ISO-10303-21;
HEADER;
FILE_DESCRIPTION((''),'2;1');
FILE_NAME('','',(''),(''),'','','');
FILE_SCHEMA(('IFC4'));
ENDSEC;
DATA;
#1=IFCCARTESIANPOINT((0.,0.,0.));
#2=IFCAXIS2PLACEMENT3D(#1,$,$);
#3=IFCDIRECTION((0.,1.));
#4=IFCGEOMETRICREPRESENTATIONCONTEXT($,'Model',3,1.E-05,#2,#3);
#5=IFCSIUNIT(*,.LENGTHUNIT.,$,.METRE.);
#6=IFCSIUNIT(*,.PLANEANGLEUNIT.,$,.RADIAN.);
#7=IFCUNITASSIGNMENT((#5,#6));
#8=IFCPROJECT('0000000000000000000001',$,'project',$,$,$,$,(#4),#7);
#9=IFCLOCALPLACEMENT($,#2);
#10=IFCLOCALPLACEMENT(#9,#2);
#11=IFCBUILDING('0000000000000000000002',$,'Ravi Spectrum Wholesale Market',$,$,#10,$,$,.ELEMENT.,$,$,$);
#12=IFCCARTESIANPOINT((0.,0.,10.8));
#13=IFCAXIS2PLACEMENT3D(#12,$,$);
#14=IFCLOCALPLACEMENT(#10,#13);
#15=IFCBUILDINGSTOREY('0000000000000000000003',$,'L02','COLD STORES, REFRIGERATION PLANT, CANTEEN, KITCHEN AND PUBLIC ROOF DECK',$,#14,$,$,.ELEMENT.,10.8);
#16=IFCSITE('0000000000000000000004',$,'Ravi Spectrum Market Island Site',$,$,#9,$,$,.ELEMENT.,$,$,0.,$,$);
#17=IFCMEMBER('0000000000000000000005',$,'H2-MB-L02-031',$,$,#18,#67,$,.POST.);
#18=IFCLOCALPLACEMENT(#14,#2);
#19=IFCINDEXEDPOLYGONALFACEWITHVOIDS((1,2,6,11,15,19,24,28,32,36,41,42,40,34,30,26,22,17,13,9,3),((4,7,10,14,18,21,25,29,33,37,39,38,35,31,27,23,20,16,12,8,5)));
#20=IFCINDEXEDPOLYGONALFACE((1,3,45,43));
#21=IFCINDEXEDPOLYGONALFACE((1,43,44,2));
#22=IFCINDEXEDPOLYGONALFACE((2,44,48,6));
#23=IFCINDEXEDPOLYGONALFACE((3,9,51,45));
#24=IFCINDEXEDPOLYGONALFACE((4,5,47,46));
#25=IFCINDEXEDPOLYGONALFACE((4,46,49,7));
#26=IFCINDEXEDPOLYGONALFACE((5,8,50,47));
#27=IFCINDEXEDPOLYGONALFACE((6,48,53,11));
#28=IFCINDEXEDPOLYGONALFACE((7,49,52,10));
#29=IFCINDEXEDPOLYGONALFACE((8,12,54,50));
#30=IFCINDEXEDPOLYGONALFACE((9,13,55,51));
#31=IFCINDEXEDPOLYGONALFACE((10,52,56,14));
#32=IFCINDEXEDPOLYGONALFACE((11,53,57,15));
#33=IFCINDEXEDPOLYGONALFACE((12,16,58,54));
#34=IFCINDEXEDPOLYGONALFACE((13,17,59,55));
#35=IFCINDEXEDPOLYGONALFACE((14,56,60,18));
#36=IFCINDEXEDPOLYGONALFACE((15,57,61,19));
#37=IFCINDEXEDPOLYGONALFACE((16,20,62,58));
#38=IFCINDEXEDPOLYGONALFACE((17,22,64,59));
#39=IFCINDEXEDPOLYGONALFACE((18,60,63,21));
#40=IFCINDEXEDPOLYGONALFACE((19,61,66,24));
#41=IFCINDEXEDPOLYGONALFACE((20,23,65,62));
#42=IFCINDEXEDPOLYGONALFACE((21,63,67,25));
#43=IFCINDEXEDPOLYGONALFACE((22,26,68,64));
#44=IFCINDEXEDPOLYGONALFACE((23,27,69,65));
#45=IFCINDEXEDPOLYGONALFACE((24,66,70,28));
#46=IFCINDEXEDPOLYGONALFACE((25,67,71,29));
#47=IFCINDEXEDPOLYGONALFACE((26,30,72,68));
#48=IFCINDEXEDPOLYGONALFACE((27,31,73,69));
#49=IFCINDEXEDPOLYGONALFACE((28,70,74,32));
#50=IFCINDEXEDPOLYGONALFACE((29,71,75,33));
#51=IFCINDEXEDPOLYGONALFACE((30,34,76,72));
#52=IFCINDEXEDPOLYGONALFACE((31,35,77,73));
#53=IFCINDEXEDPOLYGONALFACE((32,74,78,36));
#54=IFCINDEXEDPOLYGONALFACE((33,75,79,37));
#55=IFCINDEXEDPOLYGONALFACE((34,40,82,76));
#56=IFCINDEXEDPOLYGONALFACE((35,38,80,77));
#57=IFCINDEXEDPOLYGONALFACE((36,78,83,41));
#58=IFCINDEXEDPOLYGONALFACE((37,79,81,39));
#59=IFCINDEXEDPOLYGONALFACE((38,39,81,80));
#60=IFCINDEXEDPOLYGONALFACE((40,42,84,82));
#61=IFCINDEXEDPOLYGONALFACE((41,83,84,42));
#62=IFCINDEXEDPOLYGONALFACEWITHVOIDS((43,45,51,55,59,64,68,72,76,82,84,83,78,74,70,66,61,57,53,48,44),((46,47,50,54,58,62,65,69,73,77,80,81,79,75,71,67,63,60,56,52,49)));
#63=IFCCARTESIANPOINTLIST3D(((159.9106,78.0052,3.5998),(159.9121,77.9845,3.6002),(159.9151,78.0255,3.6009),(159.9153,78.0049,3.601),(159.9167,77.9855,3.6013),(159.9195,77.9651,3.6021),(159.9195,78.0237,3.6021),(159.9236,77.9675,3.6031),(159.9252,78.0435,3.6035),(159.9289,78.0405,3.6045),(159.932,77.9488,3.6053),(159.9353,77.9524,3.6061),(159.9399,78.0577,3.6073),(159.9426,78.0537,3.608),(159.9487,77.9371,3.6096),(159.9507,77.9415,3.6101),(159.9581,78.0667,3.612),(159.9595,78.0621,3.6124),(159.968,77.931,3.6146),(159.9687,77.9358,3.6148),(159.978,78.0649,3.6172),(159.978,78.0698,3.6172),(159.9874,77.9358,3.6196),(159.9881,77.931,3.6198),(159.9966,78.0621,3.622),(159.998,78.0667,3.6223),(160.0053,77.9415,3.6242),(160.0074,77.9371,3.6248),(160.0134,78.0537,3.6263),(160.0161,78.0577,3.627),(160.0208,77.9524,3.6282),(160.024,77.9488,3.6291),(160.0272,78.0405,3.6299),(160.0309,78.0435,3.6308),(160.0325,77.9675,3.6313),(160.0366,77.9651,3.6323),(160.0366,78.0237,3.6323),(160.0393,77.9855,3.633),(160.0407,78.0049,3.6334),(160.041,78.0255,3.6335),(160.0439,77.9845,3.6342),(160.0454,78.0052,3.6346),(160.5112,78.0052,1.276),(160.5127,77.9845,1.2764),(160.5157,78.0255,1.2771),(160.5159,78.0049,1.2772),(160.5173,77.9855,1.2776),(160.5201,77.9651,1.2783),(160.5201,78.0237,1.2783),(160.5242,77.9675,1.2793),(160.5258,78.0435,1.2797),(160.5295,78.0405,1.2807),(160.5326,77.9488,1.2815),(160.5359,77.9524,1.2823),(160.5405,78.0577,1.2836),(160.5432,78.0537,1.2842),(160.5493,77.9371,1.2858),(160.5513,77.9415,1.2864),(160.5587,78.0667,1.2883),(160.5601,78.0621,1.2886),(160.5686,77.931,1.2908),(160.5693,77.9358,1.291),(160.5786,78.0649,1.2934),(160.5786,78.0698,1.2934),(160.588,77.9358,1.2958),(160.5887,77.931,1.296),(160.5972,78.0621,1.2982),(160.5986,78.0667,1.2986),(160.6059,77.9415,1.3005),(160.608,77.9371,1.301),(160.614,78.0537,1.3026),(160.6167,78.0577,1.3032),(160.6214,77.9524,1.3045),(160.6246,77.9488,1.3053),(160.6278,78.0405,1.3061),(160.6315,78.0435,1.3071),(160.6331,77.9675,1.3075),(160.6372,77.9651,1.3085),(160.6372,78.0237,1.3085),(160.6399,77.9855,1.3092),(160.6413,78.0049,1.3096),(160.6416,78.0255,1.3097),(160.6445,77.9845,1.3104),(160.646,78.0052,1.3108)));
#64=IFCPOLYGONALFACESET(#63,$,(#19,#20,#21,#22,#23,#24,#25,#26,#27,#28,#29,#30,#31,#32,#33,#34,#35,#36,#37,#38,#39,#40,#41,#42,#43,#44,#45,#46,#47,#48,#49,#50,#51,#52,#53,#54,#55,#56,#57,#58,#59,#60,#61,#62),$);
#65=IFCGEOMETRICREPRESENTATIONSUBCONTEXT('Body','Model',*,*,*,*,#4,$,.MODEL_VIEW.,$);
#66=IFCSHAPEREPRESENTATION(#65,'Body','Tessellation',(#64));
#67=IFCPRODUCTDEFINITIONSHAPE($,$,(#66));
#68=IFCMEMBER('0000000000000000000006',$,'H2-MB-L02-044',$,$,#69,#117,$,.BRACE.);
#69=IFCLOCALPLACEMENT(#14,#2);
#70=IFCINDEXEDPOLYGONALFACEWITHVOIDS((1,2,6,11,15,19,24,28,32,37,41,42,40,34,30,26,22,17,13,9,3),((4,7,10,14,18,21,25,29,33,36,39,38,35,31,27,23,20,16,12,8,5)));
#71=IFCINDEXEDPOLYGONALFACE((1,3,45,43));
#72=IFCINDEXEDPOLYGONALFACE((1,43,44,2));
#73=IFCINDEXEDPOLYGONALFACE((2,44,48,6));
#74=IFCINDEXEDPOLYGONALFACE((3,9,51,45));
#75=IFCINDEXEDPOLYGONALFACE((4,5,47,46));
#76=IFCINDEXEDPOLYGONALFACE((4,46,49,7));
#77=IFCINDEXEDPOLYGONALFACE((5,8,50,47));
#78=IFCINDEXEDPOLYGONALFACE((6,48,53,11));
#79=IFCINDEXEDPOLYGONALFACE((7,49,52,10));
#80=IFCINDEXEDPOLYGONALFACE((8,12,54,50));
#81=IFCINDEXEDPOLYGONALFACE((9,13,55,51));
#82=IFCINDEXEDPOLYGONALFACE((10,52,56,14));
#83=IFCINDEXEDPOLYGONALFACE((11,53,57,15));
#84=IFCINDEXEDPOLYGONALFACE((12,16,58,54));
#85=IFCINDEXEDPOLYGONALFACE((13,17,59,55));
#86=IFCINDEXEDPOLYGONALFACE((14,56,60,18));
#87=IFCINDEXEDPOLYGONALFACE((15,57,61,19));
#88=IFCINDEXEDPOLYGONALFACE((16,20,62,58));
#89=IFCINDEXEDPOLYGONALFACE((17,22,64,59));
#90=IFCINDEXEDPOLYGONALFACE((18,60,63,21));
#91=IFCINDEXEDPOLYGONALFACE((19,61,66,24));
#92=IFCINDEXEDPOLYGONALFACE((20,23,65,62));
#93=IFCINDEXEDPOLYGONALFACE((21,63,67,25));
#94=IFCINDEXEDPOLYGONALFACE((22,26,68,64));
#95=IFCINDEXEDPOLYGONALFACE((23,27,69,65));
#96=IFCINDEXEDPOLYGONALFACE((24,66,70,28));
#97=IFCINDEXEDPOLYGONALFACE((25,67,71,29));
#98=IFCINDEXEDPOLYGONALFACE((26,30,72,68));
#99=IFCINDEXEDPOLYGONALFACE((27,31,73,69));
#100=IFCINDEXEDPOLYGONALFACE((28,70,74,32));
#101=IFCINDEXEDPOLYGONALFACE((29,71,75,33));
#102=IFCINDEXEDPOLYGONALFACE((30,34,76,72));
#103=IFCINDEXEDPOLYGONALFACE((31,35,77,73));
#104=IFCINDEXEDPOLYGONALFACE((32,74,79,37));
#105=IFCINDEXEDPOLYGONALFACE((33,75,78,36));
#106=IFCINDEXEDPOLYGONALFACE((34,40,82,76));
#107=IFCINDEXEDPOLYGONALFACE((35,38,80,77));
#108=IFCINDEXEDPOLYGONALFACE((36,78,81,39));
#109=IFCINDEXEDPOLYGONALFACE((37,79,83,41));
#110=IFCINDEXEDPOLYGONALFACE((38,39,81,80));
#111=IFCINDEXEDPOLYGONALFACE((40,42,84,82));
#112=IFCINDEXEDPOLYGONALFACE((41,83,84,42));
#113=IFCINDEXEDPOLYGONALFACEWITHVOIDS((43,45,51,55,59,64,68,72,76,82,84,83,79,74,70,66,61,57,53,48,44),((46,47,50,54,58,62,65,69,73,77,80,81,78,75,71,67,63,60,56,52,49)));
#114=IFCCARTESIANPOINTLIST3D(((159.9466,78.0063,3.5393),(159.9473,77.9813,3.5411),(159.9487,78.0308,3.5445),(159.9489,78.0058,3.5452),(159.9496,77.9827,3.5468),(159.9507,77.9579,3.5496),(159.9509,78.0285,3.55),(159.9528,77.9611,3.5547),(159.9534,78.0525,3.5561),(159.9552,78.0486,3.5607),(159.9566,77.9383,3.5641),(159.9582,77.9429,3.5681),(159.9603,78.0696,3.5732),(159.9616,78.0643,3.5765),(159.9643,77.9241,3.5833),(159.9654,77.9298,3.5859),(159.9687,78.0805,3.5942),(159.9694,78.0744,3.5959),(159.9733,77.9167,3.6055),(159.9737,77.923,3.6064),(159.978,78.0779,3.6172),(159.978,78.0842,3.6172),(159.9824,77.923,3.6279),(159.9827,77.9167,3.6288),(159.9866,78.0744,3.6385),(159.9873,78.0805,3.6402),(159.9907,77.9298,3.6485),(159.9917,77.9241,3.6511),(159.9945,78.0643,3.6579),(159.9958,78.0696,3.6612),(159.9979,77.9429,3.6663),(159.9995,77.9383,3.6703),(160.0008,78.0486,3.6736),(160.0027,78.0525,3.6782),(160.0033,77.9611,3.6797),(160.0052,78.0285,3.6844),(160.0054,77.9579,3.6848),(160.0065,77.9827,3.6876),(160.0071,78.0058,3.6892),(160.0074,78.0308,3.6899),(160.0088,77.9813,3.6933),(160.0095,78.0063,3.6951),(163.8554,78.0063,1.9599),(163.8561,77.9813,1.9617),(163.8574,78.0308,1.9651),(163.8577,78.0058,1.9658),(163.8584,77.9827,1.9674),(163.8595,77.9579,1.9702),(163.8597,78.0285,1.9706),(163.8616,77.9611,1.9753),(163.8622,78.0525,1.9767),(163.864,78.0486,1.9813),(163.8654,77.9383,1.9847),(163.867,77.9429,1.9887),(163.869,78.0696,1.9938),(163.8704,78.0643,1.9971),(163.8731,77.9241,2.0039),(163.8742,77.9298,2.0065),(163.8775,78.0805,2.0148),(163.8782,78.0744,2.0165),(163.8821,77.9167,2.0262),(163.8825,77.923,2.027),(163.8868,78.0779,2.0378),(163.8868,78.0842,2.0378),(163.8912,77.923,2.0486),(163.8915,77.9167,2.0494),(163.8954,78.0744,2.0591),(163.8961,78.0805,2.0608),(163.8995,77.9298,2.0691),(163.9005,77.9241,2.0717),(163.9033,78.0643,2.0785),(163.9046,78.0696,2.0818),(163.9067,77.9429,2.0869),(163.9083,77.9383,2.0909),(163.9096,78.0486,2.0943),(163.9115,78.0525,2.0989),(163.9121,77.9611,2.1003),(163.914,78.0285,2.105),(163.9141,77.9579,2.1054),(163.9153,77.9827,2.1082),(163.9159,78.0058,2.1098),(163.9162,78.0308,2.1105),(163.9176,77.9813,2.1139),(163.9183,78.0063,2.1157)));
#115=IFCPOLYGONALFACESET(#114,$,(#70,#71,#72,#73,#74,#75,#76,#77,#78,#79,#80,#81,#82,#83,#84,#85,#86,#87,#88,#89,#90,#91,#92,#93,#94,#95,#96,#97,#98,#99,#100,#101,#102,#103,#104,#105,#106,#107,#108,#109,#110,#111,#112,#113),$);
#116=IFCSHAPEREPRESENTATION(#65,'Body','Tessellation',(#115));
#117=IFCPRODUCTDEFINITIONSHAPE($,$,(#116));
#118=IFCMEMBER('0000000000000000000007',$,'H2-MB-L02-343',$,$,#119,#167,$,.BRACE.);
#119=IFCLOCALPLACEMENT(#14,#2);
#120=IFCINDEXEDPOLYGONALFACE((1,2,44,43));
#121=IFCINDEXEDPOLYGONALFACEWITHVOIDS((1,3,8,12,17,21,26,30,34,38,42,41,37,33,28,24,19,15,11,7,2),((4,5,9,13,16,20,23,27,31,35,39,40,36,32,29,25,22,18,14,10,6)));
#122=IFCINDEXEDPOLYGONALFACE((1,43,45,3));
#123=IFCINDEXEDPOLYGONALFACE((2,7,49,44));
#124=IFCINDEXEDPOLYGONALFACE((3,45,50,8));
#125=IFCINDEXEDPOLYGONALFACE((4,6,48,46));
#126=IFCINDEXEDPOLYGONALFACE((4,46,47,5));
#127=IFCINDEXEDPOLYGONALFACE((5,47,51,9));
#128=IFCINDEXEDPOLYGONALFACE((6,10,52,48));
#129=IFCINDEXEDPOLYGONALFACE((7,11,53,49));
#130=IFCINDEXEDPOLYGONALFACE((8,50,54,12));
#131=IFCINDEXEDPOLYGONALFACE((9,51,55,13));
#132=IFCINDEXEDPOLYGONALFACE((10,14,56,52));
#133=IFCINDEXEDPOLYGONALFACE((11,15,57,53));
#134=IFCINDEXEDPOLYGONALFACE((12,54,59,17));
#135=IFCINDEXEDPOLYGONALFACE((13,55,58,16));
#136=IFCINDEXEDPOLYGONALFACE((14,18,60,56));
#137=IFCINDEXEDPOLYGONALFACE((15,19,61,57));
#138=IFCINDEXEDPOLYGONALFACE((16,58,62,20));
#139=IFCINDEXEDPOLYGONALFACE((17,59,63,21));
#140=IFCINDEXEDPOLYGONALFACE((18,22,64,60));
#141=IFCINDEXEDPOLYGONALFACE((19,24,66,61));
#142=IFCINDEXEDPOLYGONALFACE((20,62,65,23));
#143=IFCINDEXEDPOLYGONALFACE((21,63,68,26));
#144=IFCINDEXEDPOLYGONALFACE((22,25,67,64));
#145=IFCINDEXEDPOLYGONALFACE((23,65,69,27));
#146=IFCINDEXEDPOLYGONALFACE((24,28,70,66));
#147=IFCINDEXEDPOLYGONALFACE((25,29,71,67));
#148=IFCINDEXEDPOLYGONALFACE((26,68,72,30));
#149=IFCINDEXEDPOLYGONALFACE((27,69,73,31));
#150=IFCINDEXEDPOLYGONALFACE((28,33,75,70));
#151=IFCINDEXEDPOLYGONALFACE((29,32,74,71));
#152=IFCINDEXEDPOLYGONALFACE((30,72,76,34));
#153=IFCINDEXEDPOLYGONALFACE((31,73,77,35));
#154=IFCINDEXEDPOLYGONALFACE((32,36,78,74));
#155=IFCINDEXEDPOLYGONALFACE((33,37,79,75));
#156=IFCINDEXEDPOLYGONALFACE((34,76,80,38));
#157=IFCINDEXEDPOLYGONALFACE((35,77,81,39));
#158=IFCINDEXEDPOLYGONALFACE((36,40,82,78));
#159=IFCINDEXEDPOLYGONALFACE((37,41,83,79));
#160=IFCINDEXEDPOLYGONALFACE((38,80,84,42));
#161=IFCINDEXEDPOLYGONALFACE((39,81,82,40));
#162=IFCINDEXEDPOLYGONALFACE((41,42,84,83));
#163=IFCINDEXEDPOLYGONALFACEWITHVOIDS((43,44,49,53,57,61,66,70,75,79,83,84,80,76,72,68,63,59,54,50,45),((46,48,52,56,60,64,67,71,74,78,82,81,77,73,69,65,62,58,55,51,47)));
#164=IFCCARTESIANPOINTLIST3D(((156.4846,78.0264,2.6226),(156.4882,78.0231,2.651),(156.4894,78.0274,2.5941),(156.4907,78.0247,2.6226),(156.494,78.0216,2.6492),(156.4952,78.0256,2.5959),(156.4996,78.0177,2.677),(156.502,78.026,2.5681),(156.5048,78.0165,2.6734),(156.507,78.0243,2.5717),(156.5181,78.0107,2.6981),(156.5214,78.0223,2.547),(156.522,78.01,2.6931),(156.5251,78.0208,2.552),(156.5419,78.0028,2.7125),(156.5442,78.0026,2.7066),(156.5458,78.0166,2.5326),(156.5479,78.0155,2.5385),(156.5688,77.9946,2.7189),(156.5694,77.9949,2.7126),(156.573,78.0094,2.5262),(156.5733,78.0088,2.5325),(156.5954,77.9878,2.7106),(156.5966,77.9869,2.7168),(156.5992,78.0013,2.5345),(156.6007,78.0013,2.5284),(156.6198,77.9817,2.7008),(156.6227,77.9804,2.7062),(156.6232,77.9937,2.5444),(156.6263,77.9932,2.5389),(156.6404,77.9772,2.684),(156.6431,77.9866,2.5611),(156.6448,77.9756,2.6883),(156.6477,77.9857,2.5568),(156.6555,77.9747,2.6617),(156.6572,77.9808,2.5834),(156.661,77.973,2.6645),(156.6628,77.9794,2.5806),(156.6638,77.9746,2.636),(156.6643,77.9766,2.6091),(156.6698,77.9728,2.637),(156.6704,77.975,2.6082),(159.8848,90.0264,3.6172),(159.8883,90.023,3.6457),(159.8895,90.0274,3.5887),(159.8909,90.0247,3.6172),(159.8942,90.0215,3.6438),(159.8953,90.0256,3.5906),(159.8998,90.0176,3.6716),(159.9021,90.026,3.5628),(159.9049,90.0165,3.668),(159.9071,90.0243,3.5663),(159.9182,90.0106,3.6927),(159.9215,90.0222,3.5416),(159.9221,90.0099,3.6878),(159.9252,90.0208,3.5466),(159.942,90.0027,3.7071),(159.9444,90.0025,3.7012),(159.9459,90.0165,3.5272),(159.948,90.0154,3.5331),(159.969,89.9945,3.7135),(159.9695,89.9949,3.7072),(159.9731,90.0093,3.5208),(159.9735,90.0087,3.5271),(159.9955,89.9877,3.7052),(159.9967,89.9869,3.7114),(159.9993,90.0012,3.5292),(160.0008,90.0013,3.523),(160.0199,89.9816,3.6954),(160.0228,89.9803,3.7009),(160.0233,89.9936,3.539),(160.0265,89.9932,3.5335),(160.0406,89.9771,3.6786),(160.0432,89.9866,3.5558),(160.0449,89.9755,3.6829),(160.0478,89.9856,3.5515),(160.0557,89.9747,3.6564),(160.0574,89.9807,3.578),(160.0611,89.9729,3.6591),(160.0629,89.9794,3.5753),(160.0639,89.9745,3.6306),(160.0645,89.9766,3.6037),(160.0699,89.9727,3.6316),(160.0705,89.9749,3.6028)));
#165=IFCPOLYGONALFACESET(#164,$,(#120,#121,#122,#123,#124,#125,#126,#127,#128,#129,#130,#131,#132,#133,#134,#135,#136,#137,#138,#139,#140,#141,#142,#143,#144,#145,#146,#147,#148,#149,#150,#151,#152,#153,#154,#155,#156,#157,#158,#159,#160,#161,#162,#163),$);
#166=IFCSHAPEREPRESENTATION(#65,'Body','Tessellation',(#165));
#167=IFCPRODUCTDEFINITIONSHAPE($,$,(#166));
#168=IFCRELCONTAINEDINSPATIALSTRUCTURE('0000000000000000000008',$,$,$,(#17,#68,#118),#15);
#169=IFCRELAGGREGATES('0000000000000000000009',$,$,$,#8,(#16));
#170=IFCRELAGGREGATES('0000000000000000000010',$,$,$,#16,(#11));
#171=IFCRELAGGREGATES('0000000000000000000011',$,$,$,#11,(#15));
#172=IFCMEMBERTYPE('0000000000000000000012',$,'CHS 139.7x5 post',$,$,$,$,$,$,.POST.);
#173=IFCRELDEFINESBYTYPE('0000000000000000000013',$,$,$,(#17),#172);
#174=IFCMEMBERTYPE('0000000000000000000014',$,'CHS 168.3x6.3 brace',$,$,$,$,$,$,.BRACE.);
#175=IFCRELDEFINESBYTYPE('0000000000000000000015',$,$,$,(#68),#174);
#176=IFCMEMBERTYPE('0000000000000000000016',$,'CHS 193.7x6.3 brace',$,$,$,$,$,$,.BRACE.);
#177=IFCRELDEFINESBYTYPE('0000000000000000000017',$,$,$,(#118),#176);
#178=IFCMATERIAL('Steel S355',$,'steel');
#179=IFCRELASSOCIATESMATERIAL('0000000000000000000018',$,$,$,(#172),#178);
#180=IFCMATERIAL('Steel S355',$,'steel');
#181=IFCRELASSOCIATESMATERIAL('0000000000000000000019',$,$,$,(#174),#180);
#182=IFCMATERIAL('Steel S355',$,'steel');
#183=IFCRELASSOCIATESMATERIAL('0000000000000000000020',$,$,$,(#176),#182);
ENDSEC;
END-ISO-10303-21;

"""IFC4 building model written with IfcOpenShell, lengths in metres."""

from ifc_helpers import new_model, si_unit, direction, frame, origin, origin_2d, place, context, subcontext, project, spatial, hollow_circle, extrude, material, material_profile, profile_set, type_object, element, save


model = new_model("IFC4")

# Units and contexts
model_context = context("Model", 3, precision=1e-05, world=origin(), true_north=direction((0.0, 1.0)))
body_context = subcontext(model_context, "Body", "Model", "MODEL_VIEW")
ifc_project = project(units=[si_unit("LENGTHUNIT", "METRE"), si_unit("PLANEANGLEUNIT", "RADIAN")], contexts=[model_context])

# Site, building, storey
site_placement = place(None, origin())
site = spatial("IfcSite", under=ifc_project, at=site_placement, Name="Ravi Spectrum Market Island Site", CompositionType="ELEMENT", RefElevation=0.0)
building_placement = place(site_placement, origin())
building = spatial("IfcBuilding", under=site, at=building_placement, Name="Ravi Spectrum Wholesale Market", CompositionType="ELEMENT")
storey_placement = place(building_placement, frame((0.0, 0.0, 10.8)))
storey = spatial("IfcBuildingStorey", under=building, at=storey_placement, Name="L02", Description="COLD STORES, REFRIGERATION PLANT, CANTEEN, KITCHEN AND PUBLIC ROOF DECK", CompositionType="ELEMENT", Elevation=10.8)

# Members
ifc_material_1 = material(Name="Steel S355", Category="steel")
ifc_material_profile_1 = material_profile(ifc_material_1, hollow_circle(Radius=0.0698, WallThickness=0.0049, at=origin_2d()))
ifc_profile_set_1 = profile_set([ifc_material_profile_1], Name="Steel S355")
member_type_1 = type_object("IfcMemberType", Name="CHS 139.7x5 post", PredefinedType="POST", material=ifc_profile_set_1)
member_1_placement = place(storey_placement, frame((159.978, 78.0, 3.6172), z_axis=(0.250235, 0.0, -0.968185), x_axis=(0.0, 1.0, 0.0)))
element("IfcMember", 1, at=member_1_placement, inside=storey, type_object=member_type_1, Name="H2-MB-L02-031", PredefinedType="POST", context=body_context, shape_type="SweptSolid", body=[
    extrude(hollow_circle(Radius=0.0698, WallThickness=0.0049, at=origin_2d()), origin(), (0.0, 0.0, 1.0), 2.4001),
])
ifc_material_2 = material(Name="Steel S355", Category="steel")
ifc_material_profile_2 = material_profile(ifc_material_2, hollow_circle(Radius=0.0842, WallThickness=0.0063, at=origin_2d()))
ifc_profile_set_2 = profile_set([ifc_material_profile_2], Name="Steel S355")
member_type_2 = type_object("IfcMemberType", Name="CHS 168.3x6.3 brace", PredefinedType="BRACE", material=ifc_profile_set_2)
member_2_placement = place(storey_placement, frame((159.978, 78.0, 3.6172), z_axis=(0.927173, 0.0, -0.374633), x_axis=(0.0, 1.0, 0.0)))
element("IfcMember", 2, at=member_2_placement, inside=storey, type_object=member_type_2, Name="H2-MB-L02-044", PredefinedType="BRACE", context=body_context, shape_type="SweptSolid", body=[
    extrude(hollow_circle(Radius=0.0842, WallThickness=0.0063, at=origin_2d()), origin(), (0.0, 0.0, 1.0), 4.2158),
])
ifc_material_3 = material(Name="Steel S355", Category="steel")
ifc_material_profile_3 = material_profile(ifc_material_3, hollow_circle(Radius=0.0969, WallThickness=0.0063, at=origin_2d()))
ifc_profile_set_3 = profile_set([ifc_material_profile_3], Name="Steel S355")
member_type_3 = type_object("IfcMemberType", Name="CHS 193.7x6.3 brace", PredefinedType="BRACE", material=ifc_profile_set_3)
member_3_placement = place(storey_placement, frame((156.5779, 78.0, 2.6226), z_axis=(0.271751, 0.959079, 0.079494), x_axis=(-0.962124, 0.272613, 0.0)))
element("IfcMember", 3, at=member_3_placement, inside=storey, type_object=member_type_3, Name="H2-MB-L02-343", PredefinedType="BRACE", context=body_context, shape_type="SweptSolid", body=[
    extrude(hollow_circle(Radius=0.0969, WallThickness=0.0063, at=origin_2d()), origin(), (0.0, 0.0, 1.0), 12.512),
])

save(model, "model.ifc")
